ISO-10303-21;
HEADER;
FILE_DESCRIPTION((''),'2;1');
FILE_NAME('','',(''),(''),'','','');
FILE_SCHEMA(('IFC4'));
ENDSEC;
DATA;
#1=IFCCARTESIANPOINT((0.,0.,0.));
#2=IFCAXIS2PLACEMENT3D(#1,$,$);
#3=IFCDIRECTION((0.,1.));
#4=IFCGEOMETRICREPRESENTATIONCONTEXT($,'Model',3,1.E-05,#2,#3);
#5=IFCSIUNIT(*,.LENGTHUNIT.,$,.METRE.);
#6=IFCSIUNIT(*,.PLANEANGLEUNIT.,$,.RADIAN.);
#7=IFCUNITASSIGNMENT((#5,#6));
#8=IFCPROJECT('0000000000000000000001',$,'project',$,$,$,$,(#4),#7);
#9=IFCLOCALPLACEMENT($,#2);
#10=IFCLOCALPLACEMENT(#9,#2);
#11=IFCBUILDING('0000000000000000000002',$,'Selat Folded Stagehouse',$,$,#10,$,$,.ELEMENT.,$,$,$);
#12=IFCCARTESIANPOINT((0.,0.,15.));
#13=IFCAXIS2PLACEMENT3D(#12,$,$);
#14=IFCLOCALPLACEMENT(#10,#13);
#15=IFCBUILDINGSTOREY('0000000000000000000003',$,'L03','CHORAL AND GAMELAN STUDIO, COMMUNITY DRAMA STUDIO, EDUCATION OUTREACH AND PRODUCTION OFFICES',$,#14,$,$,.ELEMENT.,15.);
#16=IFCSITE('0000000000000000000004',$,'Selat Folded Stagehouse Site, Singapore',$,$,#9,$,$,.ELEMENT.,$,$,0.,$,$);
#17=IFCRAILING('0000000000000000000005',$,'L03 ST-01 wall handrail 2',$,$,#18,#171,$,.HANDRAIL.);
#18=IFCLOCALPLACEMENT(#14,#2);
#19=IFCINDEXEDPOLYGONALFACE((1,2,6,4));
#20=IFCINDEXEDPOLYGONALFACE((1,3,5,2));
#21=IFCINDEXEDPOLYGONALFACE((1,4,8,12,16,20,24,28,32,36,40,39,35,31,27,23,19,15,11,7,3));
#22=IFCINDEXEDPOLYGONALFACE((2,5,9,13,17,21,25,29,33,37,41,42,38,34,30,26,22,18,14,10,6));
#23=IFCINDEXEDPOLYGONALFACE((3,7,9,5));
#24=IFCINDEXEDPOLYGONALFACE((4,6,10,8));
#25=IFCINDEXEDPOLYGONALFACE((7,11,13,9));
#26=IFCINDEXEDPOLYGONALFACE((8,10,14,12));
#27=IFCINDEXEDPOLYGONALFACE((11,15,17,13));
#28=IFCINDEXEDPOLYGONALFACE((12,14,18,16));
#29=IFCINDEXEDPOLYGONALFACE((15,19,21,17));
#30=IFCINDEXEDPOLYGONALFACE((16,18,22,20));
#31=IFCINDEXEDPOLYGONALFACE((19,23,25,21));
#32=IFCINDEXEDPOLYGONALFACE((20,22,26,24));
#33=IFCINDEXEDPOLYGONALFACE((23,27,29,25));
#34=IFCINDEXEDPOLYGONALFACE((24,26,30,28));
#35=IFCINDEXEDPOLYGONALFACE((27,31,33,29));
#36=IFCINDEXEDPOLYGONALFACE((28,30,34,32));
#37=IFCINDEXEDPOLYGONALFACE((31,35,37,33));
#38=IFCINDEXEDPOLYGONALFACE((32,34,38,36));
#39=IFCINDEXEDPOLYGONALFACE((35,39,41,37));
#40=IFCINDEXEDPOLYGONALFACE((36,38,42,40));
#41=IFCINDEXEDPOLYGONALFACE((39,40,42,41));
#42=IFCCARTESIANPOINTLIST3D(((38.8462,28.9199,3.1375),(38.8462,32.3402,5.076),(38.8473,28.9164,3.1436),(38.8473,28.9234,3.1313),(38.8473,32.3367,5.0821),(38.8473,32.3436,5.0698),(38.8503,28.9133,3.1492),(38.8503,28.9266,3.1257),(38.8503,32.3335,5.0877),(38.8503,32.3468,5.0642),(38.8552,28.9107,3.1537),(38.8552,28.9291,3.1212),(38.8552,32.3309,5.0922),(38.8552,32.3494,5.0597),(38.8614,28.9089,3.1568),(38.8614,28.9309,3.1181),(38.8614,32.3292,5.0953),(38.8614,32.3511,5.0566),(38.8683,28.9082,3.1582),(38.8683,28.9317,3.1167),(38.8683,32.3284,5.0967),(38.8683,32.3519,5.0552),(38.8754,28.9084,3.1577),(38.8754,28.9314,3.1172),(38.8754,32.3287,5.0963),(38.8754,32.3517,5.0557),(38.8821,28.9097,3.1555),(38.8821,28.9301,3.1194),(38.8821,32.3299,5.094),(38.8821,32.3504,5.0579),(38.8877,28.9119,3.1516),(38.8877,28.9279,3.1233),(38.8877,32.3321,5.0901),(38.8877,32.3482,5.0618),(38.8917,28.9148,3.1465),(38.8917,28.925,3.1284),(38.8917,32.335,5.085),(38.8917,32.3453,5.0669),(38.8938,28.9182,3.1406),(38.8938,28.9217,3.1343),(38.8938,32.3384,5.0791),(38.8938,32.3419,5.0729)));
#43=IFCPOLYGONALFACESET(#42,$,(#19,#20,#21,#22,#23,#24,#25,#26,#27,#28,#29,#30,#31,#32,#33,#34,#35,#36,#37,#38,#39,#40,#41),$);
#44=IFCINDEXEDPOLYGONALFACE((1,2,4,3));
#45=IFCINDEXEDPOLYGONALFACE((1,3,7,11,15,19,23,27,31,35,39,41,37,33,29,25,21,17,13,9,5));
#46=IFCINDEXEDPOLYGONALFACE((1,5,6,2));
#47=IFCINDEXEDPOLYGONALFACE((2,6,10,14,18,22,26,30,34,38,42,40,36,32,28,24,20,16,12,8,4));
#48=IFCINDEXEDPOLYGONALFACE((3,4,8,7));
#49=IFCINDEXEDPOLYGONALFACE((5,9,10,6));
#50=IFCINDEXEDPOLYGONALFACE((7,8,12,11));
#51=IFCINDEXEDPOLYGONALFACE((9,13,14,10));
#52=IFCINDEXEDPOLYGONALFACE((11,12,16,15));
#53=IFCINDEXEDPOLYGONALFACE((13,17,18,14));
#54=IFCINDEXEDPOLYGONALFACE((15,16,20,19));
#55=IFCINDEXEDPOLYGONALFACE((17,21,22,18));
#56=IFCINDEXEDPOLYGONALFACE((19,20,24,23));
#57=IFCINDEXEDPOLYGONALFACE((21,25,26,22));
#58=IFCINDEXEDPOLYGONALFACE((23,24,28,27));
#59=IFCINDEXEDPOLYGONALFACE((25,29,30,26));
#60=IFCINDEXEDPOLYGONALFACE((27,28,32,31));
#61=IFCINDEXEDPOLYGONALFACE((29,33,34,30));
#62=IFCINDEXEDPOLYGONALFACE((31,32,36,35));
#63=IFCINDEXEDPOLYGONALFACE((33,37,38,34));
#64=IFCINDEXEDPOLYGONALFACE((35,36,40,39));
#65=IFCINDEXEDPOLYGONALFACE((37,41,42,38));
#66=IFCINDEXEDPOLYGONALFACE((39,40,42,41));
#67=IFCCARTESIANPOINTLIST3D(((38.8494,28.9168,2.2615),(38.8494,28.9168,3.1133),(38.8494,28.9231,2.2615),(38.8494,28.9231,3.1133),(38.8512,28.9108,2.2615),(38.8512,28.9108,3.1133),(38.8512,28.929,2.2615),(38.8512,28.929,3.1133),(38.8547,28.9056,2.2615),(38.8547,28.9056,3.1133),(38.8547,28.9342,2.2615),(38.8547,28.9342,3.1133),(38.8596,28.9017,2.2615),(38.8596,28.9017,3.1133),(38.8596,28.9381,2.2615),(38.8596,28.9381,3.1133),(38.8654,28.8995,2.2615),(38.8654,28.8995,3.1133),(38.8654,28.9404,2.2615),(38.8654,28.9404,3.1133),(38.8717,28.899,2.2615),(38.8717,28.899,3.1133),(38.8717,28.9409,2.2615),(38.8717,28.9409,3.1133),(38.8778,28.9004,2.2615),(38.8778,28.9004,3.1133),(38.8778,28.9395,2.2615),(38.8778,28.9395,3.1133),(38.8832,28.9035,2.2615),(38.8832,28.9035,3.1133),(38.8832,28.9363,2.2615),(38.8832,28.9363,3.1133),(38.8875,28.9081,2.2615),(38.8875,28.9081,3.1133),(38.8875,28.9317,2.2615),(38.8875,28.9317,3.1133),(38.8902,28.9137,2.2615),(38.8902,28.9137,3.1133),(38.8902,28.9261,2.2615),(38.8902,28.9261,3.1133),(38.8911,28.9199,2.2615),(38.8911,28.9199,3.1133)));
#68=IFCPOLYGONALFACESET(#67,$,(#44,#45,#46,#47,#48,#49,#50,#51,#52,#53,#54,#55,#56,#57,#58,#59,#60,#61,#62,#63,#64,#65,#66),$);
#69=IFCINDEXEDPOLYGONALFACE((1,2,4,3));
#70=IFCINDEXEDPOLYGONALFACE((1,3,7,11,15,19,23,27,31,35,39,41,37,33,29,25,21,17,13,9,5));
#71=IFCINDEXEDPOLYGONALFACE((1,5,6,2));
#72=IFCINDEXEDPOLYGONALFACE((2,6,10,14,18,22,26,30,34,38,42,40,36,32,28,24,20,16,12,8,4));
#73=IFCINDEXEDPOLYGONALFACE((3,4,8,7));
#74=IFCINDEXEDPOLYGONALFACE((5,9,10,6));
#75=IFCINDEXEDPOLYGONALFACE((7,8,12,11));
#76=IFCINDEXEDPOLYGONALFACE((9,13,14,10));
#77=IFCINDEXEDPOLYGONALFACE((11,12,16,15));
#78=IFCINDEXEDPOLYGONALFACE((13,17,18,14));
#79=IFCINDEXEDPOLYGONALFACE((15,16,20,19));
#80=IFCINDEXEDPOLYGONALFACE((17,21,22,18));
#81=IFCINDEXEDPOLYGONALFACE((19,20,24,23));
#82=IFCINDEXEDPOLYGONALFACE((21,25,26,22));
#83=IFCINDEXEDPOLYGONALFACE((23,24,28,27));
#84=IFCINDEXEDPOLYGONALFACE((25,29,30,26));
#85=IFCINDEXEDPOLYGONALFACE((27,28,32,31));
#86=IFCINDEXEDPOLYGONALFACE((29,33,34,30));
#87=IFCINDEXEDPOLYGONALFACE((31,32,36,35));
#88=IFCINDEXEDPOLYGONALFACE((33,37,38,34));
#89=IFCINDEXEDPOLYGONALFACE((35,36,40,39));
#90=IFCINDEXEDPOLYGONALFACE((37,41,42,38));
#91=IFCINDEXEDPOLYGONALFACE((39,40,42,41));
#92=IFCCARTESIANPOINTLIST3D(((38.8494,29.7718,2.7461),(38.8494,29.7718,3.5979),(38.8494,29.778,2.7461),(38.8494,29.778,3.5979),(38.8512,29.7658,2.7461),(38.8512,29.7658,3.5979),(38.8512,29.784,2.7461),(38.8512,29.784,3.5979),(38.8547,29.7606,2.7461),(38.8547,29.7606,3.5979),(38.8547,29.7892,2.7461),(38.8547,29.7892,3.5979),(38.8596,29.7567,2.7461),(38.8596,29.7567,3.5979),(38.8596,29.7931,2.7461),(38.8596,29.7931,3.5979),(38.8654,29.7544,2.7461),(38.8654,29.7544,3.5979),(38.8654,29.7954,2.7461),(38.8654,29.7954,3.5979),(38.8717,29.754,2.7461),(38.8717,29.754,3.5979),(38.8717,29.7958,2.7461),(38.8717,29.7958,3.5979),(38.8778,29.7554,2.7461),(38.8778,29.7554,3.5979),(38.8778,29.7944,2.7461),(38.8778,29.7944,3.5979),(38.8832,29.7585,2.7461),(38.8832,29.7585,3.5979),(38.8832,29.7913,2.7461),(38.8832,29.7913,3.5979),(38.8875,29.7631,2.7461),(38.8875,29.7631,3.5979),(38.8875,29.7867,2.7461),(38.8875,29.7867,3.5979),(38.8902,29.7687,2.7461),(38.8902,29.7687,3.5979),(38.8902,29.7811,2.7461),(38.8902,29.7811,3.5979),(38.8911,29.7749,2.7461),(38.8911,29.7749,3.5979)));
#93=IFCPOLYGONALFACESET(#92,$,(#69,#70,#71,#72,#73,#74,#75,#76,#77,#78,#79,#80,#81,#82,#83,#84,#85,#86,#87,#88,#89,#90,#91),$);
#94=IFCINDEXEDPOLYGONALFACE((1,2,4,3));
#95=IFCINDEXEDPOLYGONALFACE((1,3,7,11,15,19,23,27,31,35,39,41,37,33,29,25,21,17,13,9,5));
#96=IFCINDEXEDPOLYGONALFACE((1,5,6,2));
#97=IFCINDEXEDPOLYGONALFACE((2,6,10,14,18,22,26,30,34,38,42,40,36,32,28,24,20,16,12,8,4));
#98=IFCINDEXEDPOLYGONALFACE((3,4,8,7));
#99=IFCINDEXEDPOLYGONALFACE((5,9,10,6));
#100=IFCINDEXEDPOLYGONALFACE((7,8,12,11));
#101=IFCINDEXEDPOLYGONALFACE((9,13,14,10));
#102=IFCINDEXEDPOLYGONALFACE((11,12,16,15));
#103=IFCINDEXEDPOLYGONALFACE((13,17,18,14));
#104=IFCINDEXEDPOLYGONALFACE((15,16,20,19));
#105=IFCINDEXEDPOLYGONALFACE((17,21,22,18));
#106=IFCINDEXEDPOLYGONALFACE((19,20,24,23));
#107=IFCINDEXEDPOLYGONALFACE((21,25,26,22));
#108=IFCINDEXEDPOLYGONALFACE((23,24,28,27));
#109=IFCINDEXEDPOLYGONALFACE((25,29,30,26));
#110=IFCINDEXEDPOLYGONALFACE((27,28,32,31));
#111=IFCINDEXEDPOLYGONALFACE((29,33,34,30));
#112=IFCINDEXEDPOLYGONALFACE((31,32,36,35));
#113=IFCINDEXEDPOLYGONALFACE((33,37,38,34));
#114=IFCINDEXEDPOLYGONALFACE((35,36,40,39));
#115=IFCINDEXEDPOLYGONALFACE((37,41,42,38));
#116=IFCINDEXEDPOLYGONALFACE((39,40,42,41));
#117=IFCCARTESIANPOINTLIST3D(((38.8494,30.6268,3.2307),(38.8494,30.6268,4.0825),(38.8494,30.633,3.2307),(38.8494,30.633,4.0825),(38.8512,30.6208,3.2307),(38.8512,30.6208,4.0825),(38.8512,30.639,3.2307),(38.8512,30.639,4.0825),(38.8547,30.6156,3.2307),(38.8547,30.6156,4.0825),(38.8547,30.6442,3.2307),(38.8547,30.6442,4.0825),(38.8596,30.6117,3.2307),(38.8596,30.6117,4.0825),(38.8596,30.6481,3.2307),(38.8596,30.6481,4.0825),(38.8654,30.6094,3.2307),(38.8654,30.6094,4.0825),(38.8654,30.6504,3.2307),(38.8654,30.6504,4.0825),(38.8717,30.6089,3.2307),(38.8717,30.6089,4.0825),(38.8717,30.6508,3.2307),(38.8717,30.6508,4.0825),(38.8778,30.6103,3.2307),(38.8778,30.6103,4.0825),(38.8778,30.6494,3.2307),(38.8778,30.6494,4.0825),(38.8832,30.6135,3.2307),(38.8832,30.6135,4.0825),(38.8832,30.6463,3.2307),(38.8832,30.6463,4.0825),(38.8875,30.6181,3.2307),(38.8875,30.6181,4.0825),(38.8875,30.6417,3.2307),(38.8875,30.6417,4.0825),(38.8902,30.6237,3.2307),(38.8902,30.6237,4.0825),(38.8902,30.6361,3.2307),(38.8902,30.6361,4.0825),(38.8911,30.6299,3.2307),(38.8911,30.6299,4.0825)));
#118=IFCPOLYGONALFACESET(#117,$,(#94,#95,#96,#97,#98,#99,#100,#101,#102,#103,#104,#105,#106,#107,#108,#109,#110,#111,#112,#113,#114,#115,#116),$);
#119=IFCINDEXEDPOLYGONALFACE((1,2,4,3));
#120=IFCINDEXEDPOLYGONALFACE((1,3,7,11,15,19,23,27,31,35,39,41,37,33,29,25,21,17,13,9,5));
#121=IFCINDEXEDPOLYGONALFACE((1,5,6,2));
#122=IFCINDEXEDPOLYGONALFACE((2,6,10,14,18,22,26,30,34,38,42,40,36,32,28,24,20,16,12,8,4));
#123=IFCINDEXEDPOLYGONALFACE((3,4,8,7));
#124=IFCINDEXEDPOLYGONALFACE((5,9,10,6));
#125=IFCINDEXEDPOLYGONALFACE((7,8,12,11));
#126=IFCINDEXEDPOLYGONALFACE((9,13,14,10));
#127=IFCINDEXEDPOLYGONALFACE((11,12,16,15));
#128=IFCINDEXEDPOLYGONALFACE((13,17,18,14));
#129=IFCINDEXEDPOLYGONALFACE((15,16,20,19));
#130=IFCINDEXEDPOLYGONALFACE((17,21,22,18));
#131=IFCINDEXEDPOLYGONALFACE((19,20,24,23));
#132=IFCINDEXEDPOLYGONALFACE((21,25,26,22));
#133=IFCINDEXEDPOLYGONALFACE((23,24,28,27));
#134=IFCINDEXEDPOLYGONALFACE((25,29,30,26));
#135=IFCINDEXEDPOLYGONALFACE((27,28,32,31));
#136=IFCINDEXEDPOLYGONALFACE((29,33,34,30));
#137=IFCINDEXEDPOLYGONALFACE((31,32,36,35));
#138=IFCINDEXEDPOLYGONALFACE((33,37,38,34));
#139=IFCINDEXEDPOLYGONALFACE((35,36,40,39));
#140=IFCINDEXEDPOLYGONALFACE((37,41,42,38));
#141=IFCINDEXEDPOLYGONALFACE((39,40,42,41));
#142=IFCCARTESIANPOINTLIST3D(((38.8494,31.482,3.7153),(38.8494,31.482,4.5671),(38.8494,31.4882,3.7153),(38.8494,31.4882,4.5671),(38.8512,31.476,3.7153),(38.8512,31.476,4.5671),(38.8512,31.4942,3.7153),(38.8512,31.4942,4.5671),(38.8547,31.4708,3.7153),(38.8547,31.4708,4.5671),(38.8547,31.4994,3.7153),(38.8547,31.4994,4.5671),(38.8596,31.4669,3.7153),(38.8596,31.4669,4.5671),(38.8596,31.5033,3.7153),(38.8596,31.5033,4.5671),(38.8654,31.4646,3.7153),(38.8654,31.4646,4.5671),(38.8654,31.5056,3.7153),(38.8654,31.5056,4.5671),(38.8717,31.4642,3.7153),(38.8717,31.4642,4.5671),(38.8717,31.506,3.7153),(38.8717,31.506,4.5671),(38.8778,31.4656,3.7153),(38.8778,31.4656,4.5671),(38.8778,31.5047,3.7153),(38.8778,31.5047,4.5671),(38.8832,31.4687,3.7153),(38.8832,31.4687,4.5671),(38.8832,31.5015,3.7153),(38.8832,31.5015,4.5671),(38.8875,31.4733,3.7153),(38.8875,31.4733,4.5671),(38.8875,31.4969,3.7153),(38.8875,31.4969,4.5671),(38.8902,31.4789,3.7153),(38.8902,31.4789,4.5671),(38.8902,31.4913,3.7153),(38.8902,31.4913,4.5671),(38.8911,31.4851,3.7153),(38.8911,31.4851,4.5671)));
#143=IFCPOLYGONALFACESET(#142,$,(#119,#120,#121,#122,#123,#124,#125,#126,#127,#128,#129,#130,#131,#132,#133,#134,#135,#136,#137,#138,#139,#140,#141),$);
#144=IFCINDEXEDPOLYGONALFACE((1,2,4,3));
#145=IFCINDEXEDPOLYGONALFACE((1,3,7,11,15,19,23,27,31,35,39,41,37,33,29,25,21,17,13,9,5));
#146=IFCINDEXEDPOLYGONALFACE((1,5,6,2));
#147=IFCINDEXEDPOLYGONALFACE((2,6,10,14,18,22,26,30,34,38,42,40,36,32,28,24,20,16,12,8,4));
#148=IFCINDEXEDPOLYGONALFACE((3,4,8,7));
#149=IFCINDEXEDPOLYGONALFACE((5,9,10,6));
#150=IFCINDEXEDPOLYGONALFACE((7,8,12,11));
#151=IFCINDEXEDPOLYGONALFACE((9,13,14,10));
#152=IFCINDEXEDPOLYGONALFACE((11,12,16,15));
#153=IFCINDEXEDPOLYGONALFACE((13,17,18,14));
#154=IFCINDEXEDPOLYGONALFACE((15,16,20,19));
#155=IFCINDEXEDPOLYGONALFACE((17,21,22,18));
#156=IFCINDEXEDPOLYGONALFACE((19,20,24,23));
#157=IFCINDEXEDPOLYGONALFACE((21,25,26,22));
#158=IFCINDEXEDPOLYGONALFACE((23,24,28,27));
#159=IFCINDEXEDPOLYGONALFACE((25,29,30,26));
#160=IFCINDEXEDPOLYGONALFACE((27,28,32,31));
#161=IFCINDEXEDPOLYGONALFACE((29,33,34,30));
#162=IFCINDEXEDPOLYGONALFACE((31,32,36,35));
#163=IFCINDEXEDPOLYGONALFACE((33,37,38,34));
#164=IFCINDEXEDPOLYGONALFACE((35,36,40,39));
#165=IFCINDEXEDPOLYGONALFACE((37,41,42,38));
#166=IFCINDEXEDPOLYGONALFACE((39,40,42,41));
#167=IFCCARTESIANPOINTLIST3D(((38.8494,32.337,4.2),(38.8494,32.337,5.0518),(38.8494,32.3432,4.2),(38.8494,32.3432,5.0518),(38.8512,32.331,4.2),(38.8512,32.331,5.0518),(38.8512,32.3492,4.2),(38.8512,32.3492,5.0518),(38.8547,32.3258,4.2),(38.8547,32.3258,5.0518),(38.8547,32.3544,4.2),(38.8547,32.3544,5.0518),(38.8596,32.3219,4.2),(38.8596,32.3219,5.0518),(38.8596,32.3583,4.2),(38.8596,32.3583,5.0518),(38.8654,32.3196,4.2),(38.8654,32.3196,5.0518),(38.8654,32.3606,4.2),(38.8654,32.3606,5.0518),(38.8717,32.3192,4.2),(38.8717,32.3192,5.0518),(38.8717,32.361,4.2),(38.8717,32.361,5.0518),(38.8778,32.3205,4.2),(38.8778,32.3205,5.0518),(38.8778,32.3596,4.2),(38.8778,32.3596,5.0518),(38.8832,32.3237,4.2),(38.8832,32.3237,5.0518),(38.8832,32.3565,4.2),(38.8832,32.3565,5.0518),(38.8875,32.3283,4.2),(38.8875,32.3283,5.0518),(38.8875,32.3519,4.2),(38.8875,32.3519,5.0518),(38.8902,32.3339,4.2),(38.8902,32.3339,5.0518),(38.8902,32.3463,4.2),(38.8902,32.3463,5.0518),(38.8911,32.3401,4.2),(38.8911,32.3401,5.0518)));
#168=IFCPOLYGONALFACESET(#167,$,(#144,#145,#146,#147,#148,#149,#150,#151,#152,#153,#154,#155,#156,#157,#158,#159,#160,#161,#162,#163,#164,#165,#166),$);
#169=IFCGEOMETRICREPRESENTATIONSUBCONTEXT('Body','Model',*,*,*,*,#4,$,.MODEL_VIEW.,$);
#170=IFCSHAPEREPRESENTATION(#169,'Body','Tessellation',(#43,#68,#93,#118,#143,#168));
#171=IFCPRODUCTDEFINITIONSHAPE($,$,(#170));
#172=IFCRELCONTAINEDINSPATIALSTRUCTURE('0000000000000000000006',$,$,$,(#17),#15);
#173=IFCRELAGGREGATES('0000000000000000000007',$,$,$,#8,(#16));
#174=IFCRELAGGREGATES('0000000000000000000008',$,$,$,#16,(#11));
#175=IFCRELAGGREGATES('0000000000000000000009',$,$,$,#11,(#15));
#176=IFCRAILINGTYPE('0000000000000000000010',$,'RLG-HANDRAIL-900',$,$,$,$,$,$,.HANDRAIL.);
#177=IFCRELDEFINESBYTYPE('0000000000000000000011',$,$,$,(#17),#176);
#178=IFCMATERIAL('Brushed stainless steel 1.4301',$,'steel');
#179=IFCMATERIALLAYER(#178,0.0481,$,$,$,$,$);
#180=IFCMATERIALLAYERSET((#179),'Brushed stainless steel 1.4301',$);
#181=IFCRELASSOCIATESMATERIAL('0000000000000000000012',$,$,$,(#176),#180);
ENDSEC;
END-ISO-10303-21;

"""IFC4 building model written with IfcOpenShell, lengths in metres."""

from ifc_helpers import new_model, si_unit, direction, frame, origin, origin_2d, place, context, subcontext, project, spatial, circle, extrude, material, layer, layer_set, type_object, element, save


model = new_model("IFC4")

# Units and contexts
model_context = context("Model", 3, precision=1e-05, world=origin(), true_north=direction((0.0, 1.0)))
body_context = subcontext(model_context, "Body", "Model", "MODEL_VIEW")
ifc_project = project(units=[si_unit("LENGTHUNIT", "METRE"), si_unit("PLANEANGLEUNIT", "RADIAN")], contexts=[model_context])

# Site, building, storey
site_placement = place(None, origin())
site = spatial("IfcSite", under=ifc_project, at=site_placement, Name="Selat Folded Stagehouse Site, Singapore", CompositionType="ELEMENT", RefElevation=0.0)
building_placement = place(site_placement, origin())
building = spatial("IfcBuilding", under=site, at=building_placement, Name="Selat Folded Stagehouse", CompositionType="ELEMENT")
storey_placement = place(building_placement, frame((0.0, 0.0, 15.0)))
storey = spatial("IfcBuildingStorey", under=building, at=storey_placement, Name="L03", Description="CHORAL AND GAMELAN STUDIO, COMMUNITY DRAMA STUDIO, EDUCATION OUTREACH AND PRODUCTION OFFICES", CompositionType="ELEMENT", Elevation=15.0)

# Railing
ifc_material_1 = material(Name="Brushed stainless steel 1.4301", Category="steel")
ifc_layer_1 = layer(ifc_material_1, 0.0481)
ifc_layer_set_1 = layer_set([ifc_layer_1], Name="Brushed stainless steel 1.4301")
railing_type_1 = type_object("IfcRailingType", Name="RLG-HANDRAIL-900", PredefinedType="HANDRAIL", material=ifc_layer_set_1)
railing_1_placement = place(storey_placement, frame((38.8701, 28.9199, 2.2615)))
element("IfcRailing", 1, at=railing_1_placement, inside=storey, type_object=railing_type_1, Name="L03 ST-01 wall handrail 2", PredefinedType="HANDRAIL", context=body_context, shape_type="SweptSolid", body=[
    extrude(circle(Radius=0.0239, at=origin_2d()), frame((0.0, 0.0, 0.876), z_axis=(0.0, 0.86998, 0.493086), x_axis=(-1.0, 0.0, 0.0)), (0.0, 0.0, 1.0), 3.9314),
    extrude(circle(Radius=0.021, at=origin_2d()), origin(), (0.0, 0.0, 1.0), 0.8518),
    extrude(circle(Radius=0.021, at=origin_2d()), frame((0.0, 0.855, 0.4846)), (0.0, 0.0, 1.0), 0.8518),
    extrude(circle(Radius=0.021, at=origin_2d()), frame((0.0, 1.71, 0.9692)), (0.0, 0.0, 1.0), 0.8518),
    extrude(circle(Radius=0.021, at=origin_2d()), frame((0.0, 2.5652, 1.4539)), (0.0, 0.0, 1.0), 0.8518),
    extrude(circle(Radius=0.021, at=origin_2d()), frame((0.0, 3.4202, 1.9385)), (0.0, 0.0, 1.0), 0.8518),
])

save(model, "model.ifc")
